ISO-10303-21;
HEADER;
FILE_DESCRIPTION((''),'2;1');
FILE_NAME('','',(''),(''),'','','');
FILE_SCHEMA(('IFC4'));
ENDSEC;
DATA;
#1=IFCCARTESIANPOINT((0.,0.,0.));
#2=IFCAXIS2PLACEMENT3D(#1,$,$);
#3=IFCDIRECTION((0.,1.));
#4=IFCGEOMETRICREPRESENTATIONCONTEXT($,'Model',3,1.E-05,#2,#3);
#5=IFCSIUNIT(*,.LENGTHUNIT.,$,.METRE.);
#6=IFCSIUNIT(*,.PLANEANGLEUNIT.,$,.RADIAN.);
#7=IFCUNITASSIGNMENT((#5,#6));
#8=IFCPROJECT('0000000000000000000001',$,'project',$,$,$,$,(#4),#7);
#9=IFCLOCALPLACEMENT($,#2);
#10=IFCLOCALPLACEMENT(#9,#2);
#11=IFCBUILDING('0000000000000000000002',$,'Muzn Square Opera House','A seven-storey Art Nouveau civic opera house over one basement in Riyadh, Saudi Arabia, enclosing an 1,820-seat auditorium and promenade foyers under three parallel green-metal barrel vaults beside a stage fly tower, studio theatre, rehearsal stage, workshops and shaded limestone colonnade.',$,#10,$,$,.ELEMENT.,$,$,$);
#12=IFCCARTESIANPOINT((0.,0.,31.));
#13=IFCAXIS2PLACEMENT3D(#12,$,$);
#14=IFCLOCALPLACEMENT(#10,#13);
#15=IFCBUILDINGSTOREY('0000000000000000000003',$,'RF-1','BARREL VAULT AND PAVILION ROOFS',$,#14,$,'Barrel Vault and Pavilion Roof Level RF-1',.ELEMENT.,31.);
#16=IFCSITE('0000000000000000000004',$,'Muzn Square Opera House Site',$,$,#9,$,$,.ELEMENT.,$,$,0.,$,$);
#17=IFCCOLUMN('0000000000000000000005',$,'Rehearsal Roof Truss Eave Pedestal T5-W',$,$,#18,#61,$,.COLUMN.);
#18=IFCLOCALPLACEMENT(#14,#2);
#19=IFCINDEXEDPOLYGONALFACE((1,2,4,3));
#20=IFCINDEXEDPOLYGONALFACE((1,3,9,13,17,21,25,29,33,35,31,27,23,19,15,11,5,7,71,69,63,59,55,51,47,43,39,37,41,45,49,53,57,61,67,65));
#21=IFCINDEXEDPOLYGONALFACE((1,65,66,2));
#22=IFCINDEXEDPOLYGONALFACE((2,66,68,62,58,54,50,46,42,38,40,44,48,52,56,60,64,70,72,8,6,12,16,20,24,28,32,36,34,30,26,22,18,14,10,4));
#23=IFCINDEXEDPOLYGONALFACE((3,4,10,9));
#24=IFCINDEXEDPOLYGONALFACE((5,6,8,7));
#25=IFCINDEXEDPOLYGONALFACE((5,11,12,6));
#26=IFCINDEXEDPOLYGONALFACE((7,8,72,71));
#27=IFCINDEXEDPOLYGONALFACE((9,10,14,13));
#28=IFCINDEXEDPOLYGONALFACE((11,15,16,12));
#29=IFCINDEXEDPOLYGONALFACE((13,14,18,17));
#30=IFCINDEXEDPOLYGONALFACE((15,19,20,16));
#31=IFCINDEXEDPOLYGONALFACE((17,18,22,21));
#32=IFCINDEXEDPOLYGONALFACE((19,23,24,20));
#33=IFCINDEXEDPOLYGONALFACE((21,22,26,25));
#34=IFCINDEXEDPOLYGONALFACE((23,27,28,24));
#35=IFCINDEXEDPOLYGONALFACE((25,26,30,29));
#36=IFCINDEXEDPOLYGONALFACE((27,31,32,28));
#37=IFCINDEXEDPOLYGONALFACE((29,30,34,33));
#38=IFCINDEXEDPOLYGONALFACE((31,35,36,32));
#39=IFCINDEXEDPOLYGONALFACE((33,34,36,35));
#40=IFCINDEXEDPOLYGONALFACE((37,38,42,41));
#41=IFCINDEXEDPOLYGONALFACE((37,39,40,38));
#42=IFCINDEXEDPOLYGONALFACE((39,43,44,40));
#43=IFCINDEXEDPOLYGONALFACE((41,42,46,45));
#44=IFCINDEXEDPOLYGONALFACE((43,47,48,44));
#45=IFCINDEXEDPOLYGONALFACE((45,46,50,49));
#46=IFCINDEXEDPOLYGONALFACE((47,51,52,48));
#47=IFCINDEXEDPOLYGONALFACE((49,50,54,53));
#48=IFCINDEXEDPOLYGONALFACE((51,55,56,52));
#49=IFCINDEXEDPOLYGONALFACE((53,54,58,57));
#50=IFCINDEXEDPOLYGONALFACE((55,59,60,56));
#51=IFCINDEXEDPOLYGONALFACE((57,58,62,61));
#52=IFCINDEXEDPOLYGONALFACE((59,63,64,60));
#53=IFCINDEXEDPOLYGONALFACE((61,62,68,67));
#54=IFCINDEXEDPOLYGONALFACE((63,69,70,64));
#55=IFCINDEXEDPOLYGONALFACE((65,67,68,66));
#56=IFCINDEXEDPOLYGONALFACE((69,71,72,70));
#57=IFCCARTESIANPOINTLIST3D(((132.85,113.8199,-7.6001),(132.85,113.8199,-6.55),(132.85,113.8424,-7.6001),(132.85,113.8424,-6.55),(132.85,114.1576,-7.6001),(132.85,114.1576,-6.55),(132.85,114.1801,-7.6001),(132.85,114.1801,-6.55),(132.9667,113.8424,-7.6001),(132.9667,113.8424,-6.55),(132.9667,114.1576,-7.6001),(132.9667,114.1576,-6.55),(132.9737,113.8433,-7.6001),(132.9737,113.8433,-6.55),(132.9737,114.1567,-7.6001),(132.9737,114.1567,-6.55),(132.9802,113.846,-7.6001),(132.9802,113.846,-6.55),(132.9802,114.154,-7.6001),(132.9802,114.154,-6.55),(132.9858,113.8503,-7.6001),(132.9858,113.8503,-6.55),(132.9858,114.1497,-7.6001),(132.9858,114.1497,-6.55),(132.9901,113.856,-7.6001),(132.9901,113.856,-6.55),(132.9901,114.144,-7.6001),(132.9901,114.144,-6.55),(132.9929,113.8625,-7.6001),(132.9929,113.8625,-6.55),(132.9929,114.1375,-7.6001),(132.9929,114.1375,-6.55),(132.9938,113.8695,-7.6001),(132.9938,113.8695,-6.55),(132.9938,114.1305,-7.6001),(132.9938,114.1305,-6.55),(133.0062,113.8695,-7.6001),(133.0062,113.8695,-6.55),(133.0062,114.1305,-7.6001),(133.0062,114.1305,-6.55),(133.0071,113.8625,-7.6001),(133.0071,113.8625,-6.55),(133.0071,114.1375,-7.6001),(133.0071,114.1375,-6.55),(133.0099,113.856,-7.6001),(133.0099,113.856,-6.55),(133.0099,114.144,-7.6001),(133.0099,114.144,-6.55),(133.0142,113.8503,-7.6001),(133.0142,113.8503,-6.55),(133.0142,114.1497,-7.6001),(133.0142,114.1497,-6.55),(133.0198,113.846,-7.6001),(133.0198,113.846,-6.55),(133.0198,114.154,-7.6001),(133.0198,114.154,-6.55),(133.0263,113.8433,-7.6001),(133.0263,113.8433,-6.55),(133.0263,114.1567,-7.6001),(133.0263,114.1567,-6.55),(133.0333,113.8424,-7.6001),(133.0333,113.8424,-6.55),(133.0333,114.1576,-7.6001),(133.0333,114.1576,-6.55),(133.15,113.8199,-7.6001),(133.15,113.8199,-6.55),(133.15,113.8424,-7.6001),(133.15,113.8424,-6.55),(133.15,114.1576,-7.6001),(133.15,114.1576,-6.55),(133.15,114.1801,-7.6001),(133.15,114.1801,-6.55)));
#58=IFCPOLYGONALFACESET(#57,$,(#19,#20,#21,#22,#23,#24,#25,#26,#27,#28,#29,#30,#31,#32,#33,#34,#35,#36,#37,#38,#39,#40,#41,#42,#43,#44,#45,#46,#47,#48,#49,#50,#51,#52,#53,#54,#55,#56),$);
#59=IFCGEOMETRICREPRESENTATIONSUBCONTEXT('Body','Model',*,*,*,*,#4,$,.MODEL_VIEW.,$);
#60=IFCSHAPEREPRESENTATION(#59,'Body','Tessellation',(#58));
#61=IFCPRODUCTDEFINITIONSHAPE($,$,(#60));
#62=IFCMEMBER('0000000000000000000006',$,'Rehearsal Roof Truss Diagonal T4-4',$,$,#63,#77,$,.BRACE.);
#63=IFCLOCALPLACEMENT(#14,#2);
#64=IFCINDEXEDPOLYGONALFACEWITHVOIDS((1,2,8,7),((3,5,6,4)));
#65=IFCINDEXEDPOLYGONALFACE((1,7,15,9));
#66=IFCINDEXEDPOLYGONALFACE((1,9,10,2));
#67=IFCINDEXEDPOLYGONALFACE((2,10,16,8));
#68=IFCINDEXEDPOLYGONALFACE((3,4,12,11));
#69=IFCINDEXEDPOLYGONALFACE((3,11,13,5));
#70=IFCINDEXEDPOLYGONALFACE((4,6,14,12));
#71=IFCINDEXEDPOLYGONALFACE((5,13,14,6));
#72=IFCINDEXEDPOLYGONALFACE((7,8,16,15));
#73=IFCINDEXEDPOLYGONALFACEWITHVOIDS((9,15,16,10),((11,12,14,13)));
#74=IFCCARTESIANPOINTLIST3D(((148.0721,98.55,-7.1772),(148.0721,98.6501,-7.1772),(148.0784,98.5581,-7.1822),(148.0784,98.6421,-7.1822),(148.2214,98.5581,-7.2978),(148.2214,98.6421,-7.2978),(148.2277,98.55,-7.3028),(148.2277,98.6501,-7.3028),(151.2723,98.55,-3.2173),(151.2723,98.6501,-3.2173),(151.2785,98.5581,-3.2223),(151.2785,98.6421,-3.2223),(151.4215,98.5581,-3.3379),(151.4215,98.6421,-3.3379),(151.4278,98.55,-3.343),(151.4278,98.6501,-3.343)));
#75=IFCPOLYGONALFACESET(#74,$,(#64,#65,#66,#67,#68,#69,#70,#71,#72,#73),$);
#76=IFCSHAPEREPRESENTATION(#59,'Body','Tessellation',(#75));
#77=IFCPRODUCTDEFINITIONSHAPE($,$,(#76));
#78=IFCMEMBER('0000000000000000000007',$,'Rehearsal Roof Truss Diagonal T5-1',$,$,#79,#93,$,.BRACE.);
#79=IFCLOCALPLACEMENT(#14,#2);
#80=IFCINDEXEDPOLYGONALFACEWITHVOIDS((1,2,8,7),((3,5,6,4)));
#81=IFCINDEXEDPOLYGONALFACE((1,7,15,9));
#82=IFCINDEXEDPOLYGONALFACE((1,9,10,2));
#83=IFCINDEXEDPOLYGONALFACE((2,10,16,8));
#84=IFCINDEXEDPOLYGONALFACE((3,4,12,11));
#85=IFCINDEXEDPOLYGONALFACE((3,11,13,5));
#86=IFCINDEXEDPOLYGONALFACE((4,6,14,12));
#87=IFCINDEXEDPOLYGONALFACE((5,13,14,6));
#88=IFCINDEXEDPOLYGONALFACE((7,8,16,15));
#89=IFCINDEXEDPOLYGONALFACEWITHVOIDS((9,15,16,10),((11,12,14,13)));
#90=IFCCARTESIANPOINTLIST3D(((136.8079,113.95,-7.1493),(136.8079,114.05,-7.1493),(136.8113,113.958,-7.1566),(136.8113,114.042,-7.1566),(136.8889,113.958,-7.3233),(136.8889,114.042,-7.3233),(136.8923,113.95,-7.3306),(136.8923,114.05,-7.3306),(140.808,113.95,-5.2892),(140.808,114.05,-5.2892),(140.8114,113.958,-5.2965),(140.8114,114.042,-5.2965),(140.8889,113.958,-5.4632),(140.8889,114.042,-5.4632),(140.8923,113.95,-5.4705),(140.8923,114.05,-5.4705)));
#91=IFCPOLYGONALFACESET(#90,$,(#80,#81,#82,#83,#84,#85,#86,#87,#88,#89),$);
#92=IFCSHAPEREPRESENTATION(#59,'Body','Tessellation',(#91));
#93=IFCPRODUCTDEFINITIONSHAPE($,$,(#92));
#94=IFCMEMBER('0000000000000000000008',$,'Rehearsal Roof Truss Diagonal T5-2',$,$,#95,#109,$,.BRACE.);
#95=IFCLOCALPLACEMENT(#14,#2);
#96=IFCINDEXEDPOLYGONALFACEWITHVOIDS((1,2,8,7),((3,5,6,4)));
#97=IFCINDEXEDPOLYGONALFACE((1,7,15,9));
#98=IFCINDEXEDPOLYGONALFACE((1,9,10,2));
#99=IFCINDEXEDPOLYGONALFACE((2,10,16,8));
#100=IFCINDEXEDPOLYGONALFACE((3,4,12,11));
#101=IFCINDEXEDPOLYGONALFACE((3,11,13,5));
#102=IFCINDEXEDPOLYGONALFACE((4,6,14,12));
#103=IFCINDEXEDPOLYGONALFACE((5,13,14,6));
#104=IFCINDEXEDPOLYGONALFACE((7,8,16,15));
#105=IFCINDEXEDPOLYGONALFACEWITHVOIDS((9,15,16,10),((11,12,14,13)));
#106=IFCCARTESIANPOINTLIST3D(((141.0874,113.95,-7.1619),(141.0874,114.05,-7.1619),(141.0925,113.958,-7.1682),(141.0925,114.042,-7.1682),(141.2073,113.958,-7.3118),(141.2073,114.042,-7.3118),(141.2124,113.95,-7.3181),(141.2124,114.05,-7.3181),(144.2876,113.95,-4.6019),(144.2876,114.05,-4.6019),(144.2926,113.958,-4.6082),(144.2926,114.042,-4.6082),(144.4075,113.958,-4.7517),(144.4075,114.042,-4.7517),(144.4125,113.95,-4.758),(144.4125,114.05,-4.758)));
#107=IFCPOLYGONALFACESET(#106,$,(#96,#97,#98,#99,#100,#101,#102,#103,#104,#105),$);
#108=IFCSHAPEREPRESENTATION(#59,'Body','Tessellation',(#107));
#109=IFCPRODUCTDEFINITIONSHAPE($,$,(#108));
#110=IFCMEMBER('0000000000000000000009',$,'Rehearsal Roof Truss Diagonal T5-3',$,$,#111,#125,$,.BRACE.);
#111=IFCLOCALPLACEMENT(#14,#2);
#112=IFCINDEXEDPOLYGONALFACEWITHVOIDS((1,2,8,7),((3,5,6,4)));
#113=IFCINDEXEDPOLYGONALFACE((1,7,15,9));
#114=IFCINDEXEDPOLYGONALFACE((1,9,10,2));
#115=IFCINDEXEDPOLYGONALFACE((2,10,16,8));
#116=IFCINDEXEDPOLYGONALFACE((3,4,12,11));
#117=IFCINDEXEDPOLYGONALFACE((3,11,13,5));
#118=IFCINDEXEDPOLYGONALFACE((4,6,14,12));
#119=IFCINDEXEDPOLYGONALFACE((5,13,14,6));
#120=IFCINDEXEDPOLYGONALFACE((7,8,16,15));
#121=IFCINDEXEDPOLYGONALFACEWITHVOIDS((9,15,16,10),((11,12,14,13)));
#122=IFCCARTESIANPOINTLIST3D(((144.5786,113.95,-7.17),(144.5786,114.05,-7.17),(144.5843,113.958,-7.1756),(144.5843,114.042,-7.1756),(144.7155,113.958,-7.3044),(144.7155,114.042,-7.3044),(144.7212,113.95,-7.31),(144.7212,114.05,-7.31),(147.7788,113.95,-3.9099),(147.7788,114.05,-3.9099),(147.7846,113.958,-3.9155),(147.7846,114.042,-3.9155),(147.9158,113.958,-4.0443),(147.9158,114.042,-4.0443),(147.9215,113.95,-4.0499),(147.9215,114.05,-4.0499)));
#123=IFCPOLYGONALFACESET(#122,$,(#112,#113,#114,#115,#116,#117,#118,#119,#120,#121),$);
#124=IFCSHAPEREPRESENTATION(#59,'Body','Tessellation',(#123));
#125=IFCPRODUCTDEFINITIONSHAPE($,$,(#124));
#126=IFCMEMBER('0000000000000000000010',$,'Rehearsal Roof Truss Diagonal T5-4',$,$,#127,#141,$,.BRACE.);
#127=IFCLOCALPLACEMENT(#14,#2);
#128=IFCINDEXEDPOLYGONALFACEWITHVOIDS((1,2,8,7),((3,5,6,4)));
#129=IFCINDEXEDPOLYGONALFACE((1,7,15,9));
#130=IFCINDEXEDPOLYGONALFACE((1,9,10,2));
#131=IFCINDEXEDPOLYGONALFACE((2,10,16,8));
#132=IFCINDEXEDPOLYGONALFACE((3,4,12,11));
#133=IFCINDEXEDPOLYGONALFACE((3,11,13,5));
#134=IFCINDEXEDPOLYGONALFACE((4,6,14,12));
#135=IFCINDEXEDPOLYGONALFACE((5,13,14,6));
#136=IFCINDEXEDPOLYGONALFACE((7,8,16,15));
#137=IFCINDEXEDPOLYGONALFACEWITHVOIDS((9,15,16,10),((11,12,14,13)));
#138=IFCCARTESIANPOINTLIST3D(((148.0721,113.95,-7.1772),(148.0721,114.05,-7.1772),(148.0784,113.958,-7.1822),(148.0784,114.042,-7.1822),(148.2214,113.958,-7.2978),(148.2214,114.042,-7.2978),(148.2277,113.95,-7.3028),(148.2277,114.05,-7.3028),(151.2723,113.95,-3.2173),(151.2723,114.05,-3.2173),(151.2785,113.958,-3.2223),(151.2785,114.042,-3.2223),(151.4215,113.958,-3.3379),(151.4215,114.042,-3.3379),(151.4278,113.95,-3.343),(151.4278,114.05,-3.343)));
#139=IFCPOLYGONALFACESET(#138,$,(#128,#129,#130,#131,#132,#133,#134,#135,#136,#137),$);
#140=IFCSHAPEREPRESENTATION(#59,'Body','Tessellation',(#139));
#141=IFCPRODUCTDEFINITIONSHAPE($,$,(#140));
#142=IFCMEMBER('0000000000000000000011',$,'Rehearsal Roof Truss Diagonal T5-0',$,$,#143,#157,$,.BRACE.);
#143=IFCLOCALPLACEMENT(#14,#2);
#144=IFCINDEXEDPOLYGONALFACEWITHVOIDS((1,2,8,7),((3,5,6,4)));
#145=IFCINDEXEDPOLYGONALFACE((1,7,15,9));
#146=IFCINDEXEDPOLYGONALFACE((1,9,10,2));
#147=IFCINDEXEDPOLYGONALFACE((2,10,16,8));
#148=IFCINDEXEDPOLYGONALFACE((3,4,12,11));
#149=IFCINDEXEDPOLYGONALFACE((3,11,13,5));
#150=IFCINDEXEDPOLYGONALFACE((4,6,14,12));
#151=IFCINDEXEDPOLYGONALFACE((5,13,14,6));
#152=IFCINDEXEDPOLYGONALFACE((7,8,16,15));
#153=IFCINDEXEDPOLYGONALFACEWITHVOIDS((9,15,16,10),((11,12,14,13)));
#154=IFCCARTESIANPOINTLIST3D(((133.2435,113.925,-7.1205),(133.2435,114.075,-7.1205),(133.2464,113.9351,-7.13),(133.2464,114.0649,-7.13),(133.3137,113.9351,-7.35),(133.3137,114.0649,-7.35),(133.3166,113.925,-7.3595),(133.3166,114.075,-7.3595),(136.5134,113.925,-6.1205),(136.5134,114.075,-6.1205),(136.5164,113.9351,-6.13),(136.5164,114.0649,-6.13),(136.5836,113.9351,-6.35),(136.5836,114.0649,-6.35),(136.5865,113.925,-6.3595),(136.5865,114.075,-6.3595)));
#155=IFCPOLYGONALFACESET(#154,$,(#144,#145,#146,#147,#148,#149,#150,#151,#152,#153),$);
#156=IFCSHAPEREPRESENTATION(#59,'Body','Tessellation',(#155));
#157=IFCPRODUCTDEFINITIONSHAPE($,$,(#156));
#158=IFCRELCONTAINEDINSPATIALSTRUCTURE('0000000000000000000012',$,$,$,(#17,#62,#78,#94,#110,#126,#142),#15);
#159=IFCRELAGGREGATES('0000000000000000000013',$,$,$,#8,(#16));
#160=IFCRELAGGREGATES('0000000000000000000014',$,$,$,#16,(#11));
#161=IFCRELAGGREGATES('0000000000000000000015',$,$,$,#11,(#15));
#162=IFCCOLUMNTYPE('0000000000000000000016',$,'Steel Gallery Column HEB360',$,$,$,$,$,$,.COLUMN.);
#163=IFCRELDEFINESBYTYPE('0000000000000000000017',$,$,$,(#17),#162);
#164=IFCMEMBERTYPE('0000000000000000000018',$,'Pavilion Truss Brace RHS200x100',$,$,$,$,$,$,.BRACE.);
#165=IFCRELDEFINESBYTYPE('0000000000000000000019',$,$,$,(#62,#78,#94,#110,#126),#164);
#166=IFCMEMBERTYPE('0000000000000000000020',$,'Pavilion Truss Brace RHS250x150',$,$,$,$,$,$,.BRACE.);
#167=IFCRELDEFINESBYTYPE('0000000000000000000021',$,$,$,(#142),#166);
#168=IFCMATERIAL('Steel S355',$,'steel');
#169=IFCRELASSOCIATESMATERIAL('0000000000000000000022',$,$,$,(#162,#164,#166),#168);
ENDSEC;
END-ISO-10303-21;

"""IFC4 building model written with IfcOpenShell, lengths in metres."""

from ifc_helpers import new_model, si_unit, direction, frame, origin, origin_2d, place, context, subcontext, project, spatial, hollow_rectangle, i_section, extrude, material, material_profile, profile_set, type_object, element, save


model = new_model("IFC4")

# Units and contexts
model_context = context("Model", 3, precision=1e-05, world=origin(), true_north=direction((0.0, 1.0)))
body_context = subcontext(model_context, "Body", "Model", "MODEL_VIEW")
ifc_project = project(units=[si_unit("LENGTHUNIT", "METRE"), si_unit("PLANEANGLEUNIT", "RADIAN")], contexts=[model_context])

# Site, building, storey
site_placement = place(None, origin())
site = spatial("IfcSite", under=ifc_project, at=site_placement, Name="Muzn Square Opera House Site", CompositionType="ELEMENT", RefElevation=0.0)
building_placement = place(site_placement, origin())
building = spatial("IfcBuilding", under=site, at=building_placement, Name="Muzn Square Opera House", Description="A seven-storey Art Nouveau civic opera house over one basement in Riyadh, Saudi Arabia, enclosing an 1,820-seat auditorium and promenade foyers under three parallel green-metal barrel vaults beside a stage fly tower, studio theatre, rehearsal stage, workshops and shaded limestone colonnade.", CompositionType="ELEMENT")
storey_placement = place(building_placement, frame((0.0, 0.0, 31.0)))
storey = spatial("IfcBuildingStorey", under=building, at=storey_placement, Name="RF-1", Description="BARREL VAULT AND PAVILION ROOFS", LongName="Barrel Vault and Pavilion Roof Level RF-1", CompositionType="ELEMENT", Elevation=31.0)

# Column
ifc_material = material(Name="Steel S355", Category="steel")
ifc_material_profile_1 = material_profile(ifc_material, i_section(OverallWidth=0.3, OverallDepth=0.3601, WebThickness=0.0125, FlangeThickness=0.0225, FilletRadius=0.0271, at=origin_2d()), Name="HEB 360", Category="steel")
ifc_profile_set_1 = profile_set([ifc_material_profile_1], Name="Steel S355")
column_type = type_object("IfcColumnType", Name="Steel Gallery Column HEB360", PredefinedType="COLUMN", material=ifc_profile_set_1)
column_placement = place(storey_placement, frame((133.0, 114.0, -7.6001), z_axis=(0.0, 0.0, 1.0), x_axis=(1.0, 0.0, 0.0)))
element("IfcColumn", 1, at=column_placement, inside=storey, type_object=column_type, Name="Rehearsal Roof Truss Eave Pedestal T5-W", PredefinedType="COLUMN", context=body_context, shape_type="SweptSolid", body=[
    extrude(i_section(OverallWidth=0.3, OverallDepth=0.3601, WebThickness=0.0125, FlangeThickness=0.0225, FilletRadius=0.0271, at=origin_2d()), origin(), (0.0, 0.0, 1.0), 1.05),
])

# Members
ifc_material_profile_2 = material_profile(ifc_material, hollow_rectangle(XDim=0.1001, YDim=0.2, WallThickness=0.0081, at=origin_2d()), Name="RHS 200x100x8", Category="steel")
ifc_profile_set_2 = profile_set([ifc_material_profile_2], Name="Steel S355")
member_type_1 = type_object("IfcMemberType", Name="Pavilion Truss Brace RHS200x100", PredefinedType="BRACE", material=ifc_profile_set_2)
member_1_placement = place(storey_placement, frame((148.1499, 98.6001, -7.24), z_axis=(0.628547, 0.0, 0.777772), x_axis=(0.0, 1.0, 0.0)))
element("IfcMember", 2, at=member_1_placement, inside=storey, type_object=member_type_1, Name="Rehearsal Roof Truss Diagonal T4-4", PredefinedType="BRACE", context=body_context, shape_type="SweptSolid", body=[
    extrude(hollow_rectangle(XDim=0.1001, YDim=0.2, WallThickness=0.0081, at=origin_2d()), origin(), (0.0, 0.0, 1.0), 5.0913),
])
member_2_placement = place(storey_placement, frame((136.8501, 114.0, -7.24), z_axis=(0.906752, 0.0, 0.421664), x_axis=(0.0, 1.0, 0.0)))
element("IfcMember", 3, at=member_2_placement, inside=storey, type_object=member_type_1, Name="Rehearsal Roof Truss Diagonal T5-1", PredefinedType="BRACE", context=body_context, shape_type="SweptSolid", body=[
    extrude(hollow_rectangle(XDim=0.1001, YDim=0.2, WallThickness=0.0081, at=origin_2d()), origin(), (0.0, 0.0, 1.0), 4.4114),
])
member_3_placement = place(storey_placement, frame((141.1499, 114.0, -7.24), z_axis=(0.78088, 0.0, 0.624681), x_axis=(0.0, 1.0, 0.0)))
element("IfcMember", 4, at=member_3_placement, inside=storey, type_object=member_type_1, Name="Rehearsal Roof Truss Diagonal T5-2", PredefinedType="BRACE", context=body_context, shape_type="SweptSolid", body=[
    extrude(hollow_rectangle(XDim=0.1001, YDim=0.2, WallThickness=0.0081, at=origin_2d()), origin(), (0.0, 0.0, 1.0), 4.0981),
])
member_4_placement = place(storey_placement, frame((144.6499, 114.0, -7.24), z_axis=(0.70053, 0.0, 0.713623), x_axis=(0.0, 1.0, 0.0)))
element("IfcMember", 5, at=member_4_placement, inside=storey, type_object=member_type_1, Name="Rehearsal Roof Truss Diagonal T5-3", PredefinedType="BRACE", context=body_context, shape_type="SweptSolid", body=[
    extrude(hollow_rectangle(XDim=0.1001, YDim=0.2, WallThickness=0.0081, at=origin_2d()), origin(), (0.0, 0.0, 1.0), 4.5684),
])
member_5_placement = place(storey_placement, frame((148.1499, 114.0, -7.24), z_axis=(0.628547, 0.0, 0.777772), x_axis=(0.0, 1.0, 0.0)))
element("IfcMember", 6, at=member_5_placement, inside=storey, type_object=member_type_1, Name="Rehearsal Roof Truss Diagonal T5-4", PredefinedType="BRACE", context=body_context, shape_type="SweptSolid", body=[
    extrude(hollow_rectangle(XDim=0.1001, YDim=0.2, WallThickness=0.0081, at=origin_2d()), origin(), (0.0, 0.0, 1.0), 5.0913),
])
ifc_material_profile_3 = material_profile(ifc_material, hollow_rectangle(XDim=0.1499, YDim=0.25, WallThickness=0.01, at=origin_2d()), Name="RHS 250x150x10", Category="steel")
ifc_profile_set_3 = profile_set([ifc_material_profile_3], Name="Steel S355")
member_type_2 = type_object("IfcMemberType", Name="Pavilion Truss Brace RHS250x150", PredefinedType="BRACE", material=ifc_profile_set_3)
member_6_placement = place(storey_placement, frame((133.28, 114.0, -7.24), z_axis=(0.956284, 0.0, 0.29244), x_axis=(0.0, 1.0, 0.0)))
element("IfcMember", 7, at=member_6_placement, inside=storey, type_object=member_type_2, Name="Rehearsal Roof Truss Diagonal T5-0", PredefinedType="BRACE", context=body_context, shape_type="SweptSolid", body=[
    extrude(hollow_rectangle(XDim=0.1499, YDim=0.25, WallThickness=0.01, at=origin_2d()), origin(), (0.0, 0.0, 1.0), 3.4194),
])

save(model, "model.ifc")
